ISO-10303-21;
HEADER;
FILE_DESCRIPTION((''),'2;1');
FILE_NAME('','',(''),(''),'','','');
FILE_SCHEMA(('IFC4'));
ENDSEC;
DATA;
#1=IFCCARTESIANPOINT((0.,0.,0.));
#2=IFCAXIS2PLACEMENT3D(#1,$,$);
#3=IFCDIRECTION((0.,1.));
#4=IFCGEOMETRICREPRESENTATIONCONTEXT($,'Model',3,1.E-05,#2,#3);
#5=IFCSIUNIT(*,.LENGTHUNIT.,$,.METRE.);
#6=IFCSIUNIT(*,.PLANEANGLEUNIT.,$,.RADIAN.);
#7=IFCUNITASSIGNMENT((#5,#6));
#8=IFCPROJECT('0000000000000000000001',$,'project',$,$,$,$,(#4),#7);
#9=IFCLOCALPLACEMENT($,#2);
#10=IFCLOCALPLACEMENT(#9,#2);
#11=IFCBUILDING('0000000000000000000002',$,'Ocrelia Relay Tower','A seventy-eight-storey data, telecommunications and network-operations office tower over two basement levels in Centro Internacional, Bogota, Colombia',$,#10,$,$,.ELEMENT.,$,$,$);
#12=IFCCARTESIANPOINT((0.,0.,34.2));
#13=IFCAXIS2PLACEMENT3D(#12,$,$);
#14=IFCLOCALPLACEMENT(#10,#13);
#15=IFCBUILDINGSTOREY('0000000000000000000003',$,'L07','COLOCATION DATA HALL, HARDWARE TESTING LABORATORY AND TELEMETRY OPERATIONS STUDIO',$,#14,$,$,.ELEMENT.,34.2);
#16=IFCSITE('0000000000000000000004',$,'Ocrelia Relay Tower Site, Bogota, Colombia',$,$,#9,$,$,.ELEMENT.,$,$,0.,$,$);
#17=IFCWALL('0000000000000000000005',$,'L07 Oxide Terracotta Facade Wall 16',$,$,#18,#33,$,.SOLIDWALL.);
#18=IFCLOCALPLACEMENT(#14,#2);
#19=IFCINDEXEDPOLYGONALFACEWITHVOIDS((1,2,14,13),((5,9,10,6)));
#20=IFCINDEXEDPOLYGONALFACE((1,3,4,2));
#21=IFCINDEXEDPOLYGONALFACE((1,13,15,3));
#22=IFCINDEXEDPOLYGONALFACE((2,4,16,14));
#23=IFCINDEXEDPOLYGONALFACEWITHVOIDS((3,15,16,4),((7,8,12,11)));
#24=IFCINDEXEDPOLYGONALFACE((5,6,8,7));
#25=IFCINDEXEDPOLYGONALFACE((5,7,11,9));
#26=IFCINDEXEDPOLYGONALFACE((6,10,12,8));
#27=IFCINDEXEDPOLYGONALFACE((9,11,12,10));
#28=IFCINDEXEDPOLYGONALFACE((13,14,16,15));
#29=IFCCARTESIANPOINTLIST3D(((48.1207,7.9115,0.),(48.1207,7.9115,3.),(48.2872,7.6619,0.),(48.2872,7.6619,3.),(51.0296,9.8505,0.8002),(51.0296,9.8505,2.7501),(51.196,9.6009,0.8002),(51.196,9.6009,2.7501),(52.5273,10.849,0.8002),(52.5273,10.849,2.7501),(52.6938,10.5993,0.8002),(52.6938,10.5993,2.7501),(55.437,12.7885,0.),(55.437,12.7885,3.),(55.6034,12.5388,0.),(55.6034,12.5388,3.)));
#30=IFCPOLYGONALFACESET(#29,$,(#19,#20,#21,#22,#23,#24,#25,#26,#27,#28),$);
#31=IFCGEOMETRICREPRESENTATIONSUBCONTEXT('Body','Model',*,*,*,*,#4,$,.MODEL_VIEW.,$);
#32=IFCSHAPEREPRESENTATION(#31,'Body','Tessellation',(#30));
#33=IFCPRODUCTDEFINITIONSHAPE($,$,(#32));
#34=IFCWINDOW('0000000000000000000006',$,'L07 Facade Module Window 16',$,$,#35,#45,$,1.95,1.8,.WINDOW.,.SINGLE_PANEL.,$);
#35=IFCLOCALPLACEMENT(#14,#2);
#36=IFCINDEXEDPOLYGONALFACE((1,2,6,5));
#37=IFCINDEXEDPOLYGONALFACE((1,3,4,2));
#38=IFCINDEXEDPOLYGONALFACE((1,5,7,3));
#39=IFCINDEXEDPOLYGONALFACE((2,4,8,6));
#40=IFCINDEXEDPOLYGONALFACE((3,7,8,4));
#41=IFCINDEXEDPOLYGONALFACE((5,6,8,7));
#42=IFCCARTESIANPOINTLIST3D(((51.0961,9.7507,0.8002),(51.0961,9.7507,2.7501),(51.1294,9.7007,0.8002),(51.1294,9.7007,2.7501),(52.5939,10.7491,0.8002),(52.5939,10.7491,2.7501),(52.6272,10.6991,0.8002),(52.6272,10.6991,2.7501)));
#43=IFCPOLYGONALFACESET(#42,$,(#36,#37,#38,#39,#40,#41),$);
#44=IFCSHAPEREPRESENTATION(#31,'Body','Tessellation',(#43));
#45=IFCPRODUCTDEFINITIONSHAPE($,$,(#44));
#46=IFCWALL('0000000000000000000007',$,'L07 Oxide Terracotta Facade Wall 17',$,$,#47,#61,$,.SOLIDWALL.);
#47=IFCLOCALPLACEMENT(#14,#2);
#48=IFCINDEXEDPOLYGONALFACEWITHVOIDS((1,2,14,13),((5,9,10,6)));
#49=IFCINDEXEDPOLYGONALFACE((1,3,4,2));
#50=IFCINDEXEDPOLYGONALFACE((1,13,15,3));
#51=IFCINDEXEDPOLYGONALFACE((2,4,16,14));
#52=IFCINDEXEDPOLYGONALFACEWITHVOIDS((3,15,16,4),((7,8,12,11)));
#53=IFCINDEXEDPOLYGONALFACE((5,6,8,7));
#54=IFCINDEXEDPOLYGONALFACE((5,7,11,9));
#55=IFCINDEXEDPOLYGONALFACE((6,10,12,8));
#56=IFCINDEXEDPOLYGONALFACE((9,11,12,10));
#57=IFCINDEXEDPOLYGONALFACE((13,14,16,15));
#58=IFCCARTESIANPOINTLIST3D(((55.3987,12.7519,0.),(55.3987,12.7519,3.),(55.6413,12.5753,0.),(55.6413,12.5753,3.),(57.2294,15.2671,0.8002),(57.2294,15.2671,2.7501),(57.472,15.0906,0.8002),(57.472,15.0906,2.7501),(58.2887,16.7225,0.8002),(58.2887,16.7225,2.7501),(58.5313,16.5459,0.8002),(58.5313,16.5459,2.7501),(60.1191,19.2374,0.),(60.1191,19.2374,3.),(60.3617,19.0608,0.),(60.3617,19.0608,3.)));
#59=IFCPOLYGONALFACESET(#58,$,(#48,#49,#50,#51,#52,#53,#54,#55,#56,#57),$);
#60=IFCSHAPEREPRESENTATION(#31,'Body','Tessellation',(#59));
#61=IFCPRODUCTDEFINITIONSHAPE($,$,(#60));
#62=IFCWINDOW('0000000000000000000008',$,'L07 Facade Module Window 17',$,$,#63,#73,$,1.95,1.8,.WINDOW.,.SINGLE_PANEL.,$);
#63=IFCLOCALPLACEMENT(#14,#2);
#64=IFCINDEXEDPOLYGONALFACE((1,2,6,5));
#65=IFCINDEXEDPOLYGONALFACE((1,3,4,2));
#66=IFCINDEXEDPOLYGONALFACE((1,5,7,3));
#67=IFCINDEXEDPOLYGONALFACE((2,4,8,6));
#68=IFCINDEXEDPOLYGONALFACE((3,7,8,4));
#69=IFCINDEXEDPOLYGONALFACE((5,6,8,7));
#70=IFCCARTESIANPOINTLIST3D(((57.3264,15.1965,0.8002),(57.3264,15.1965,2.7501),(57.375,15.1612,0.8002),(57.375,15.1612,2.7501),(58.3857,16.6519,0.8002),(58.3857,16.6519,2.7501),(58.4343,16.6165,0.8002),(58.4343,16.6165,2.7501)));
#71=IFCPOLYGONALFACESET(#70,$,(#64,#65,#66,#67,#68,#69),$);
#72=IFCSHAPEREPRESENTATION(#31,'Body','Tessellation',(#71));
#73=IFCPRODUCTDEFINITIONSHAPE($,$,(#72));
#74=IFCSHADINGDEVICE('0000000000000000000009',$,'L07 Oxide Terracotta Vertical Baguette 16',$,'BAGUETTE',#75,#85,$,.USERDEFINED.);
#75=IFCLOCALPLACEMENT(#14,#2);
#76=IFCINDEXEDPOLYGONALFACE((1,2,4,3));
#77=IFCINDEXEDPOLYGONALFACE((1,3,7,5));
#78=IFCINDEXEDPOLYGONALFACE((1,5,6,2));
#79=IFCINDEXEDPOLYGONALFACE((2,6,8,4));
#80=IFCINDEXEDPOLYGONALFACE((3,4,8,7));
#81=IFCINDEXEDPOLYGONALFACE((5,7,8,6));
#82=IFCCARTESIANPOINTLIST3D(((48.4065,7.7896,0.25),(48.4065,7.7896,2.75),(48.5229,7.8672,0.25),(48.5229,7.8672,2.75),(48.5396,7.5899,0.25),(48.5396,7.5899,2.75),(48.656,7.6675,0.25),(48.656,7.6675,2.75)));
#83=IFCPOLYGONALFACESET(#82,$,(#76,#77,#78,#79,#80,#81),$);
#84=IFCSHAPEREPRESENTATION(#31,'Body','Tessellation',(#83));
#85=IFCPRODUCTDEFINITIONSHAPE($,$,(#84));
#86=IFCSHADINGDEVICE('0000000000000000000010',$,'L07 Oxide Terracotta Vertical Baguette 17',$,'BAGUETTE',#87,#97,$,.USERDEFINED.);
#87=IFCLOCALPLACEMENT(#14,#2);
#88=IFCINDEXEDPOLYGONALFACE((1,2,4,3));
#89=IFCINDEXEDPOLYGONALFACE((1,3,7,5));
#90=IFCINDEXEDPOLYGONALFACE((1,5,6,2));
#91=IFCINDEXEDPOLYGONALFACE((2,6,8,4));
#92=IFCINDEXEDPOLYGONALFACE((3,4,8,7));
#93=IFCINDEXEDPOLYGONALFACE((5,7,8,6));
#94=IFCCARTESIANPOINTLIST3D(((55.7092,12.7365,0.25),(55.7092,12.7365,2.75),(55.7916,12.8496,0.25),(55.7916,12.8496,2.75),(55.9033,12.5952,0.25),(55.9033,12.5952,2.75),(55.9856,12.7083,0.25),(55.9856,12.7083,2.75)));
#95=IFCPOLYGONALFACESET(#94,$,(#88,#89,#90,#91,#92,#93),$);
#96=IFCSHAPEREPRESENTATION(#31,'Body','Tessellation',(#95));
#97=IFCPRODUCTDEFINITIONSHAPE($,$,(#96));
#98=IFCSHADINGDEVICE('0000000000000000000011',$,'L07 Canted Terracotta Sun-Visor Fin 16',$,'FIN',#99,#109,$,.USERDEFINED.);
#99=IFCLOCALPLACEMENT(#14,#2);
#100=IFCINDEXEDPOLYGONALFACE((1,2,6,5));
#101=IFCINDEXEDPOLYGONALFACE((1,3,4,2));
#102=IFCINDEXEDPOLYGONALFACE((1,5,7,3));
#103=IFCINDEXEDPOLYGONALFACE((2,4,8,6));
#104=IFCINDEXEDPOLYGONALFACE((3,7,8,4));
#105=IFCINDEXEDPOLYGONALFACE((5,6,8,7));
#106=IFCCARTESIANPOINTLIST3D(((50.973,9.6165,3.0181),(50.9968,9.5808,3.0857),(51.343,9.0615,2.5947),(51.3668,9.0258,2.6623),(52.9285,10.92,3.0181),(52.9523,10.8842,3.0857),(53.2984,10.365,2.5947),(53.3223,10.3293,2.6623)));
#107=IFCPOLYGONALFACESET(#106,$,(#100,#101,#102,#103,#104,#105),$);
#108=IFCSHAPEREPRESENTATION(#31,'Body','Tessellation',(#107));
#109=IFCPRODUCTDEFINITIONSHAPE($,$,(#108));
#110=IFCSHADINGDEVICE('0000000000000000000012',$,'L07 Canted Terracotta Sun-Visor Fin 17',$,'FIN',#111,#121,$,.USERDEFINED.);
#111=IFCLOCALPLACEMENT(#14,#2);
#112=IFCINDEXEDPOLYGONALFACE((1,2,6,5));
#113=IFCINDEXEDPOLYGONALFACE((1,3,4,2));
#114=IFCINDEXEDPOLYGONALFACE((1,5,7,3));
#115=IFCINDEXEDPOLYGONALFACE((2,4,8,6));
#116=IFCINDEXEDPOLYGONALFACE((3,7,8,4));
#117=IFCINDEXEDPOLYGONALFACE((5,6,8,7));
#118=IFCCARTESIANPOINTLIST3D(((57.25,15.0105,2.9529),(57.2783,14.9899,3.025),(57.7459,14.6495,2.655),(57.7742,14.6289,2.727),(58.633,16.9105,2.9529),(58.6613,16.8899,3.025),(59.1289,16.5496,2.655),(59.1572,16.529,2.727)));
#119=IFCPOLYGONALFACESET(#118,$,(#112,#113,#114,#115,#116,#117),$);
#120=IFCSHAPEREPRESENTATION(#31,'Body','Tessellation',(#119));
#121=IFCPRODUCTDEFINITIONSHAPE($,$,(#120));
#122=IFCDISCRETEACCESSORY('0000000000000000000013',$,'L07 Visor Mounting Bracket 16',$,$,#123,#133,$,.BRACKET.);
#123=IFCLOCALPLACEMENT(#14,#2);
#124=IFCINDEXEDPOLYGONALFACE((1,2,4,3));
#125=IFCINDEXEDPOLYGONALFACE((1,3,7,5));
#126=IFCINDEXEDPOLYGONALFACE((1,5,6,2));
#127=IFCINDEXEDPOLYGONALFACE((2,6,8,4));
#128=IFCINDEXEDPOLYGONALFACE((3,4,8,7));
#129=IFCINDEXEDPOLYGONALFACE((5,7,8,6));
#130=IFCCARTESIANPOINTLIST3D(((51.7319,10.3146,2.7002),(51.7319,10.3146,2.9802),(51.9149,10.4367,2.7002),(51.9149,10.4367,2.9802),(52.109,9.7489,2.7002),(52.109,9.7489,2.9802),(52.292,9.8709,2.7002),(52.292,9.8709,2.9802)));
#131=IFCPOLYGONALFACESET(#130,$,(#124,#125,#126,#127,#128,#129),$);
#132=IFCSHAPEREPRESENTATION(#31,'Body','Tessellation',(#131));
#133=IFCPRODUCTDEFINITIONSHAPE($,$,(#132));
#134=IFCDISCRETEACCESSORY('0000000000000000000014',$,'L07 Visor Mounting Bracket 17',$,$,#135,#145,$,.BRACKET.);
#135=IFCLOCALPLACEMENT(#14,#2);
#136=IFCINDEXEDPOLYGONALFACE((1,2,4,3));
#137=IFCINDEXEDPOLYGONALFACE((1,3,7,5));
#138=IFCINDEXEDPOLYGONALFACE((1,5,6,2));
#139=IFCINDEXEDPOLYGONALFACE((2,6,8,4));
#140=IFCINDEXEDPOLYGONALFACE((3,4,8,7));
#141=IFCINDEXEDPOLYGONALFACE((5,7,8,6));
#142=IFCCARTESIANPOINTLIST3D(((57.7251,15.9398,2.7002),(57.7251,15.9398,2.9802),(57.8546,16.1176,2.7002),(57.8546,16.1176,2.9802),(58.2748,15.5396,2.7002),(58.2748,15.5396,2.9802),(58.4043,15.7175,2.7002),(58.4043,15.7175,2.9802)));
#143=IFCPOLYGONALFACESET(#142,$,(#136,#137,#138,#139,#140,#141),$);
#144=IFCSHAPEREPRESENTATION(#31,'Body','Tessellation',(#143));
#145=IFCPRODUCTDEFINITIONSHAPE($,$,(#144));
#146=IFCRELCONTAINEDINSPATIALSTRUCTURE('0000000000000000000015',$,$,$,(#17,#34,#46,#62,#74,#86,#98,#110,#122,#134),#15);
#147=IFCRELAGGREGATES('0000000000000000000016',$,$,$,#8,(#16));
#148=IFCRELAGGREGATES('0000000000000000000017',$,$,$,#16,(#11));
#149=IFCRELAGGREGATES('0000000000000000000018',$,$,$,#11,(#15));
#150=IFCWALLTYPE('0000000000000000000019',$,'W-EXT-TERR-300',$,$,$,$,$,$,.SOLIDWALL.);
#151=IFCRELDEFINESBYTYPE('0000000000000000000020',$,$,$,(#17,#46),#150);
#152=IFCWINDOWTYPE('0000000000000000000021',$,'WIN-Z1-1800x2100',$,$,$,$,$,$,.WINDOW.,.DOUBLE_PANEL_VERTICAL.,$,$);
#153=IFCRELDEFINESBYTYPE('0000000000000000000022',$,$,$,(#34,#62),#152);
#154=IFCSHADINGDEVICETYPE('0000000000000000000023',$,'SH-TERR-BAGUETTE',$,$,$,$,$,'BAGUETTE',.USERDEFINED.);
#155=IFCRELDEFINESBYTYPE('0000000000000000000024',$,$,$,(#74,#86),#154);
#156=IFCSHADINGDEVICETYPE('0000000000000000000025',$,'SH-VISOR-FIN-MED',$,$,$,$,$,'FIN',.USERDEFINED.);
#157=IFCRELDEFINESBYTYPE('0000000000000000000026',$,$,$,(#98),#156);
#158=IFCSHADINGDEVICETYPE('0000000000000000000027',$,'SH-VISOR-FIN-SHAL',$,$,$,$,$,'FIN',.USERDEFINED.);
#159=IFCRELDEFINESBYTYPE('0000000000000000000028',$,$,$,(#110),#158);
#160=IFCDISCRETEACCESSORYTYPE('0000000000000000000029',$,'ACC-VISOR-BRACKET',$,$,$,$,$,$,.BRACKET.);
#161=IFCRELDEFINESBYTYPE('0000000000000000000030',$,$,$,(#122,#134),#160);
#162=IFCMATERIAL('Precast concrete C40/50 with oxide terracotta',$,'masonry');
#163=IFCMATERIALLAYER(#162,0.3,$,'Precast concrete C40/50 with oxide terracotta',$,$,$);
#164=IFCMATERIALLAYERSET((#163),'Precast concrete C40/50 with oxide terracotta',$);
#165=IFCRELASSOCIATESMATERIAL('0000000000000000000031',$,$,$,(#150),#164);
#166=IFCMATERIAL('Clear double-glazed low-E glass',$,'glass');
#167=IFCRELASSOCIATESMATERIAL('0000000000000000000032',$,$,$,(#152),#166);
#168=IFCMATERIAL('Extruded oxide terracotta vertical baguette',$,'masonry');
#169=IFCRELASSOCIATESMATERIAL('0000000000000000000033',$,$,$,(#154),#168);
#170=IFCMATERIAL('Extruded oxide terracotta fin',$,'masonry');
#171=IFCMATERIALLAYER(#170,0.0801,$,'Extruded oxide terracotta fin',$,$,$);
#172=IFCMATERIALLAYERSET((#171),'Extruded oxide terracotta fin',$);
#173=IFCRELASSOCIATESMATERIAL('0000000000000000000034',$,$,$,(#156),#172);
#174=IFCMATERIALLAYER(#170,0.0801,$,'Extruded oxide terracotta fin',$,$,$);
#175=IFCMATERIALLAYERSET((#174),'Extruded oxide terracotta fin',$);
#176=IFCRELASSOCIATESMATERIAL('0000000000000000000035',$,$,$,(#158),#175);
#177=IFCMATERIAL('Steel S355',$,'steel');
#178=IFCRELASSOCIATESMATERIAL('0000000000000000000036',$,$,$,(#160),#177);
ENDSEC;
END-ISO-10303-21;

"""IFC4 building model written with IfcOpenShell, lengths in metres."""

from ifc_helpers import new_model, si_unit, direction, frame, frame_2d, origin, origin_2d, place, context, subcontext, project, spatial, rectangle, extrude, material, layer, layer_set, type_object, element, fill, save


model = new_model("IFC4")

# Units and contexts
model_context = context("Model", 3, precision=1e-05, world=origin(), true_north=direction((0.0, 1.0)))
body_context = subcontext(model_context, "Body", "Model", "MODEL_VIEW")
ifc_project = project(units=[si_unit("LENGTHUNIT", "METRE"), si_unit("PLANEANGLEUNIT", "RADIAN")], contexts=[model_context])

# Site, building, storey
site_placement = place(None, origin())
site = spatial("IfcSite", under=ifc_project, at=site_placement, Name="Ocrelia Relay Tower Site, Bogota, Colombia", CompositionType="ELEMENT", RefElevation=0.0)
building_placement = place(site_placement, origin())
building = spatial("IfcBuilding", under=site, at=building_placement, Name="Ocrelia Relay Tower", Description="A seventy-eight-storey data, telecommunications and network-operations office tower over two basement levels in Centro Internacional, Bogota, Colombia", CompositionType="ELEMENT")
storey_placement = place(building_placement, frame((0.0, 0.0, 34.2)))
storey = spatial("IfcBuildingStorey", under=building, at=storey_placement, Name="L07", Description="COLOCATION DATA HALL, HARDWARE TESTING LABORATORY AND TELEMETRY OPERATIONS STUDIO", CompositionType="ELEMENT", Elevation=34.2)

# Shared definitions
ifc_material_1 = material(Name="Steel S355", Category="steel")

# Shared definitions
ifc_material_2 = material(Name="Clear double-glazed low-E glass", Category="glass")

# Walls, openings, windows
ifc_material_3 = material(Name="Precast concrete C40/50 with oxide terracotta", Category="masonry")
ifc_layer_1 = layer(ifc_material_3, 0.3, Name="Precast concrete C40/50 with oxide terracotta")
ifc_layer_set_1 = layer_set([ifc_layer_1], Name="Precast concrete C40/50 with oxide terracotta")
wall_type_1 = type_object("IfcWallType", Name="W-EXT-TERR-300", PredefinedType="SOLIDWALL", material=ifc_layer_set_1)
wall_1_placement = place(storey_placement, frame((48.2039, 7.7866, 0.0), z_axis=(0.0, 0.0, 1.0), x_axis=(0.832076, 0.554662, 0.0)))
wall_1 = element("IfcWall", 1, at=wall_1_placement, inside=storey, type_object=wall_type_1, Name="L07 Oxide Terracotta Facade Wall 16", PredefinedType="SOLIDWALL", context=body_context, shape_type="SweptSolid", body=[
    extrude(rectangle(XDim=8.7927, YDim=0.3, at=frame_2d((4.3965, 0.0))), origin(), (0.0, 0.0, 1.0), 3.0),
])
opening_1_placement = place(wall_1_placement, frame((3.4961, 0.0, 0.8)))
opening_1 = element("IfcOpeningElement", 2, at=opening_1_placement, cuts=wall_1, PredefinedType="OPENING", context=body_context, shape_type="SweptSolid", body=[
    extrude(rectangle(XDim=1.8, YDim=1.95, at=frame_2d((0.8999, 0.9751))), frame((0.0, 0.1602, 0.0), z_axis=(0.0, -1.0, 0.0), x_axis=(1.0, 0.0, 0.0)), (0.0, 0.0, 1.0), 0.3201),
])
window_type = type_object("IfcWindowType", Name="WIN-Z1-1800x2100", PartitioningType="DOUBLE_PANEL_VERTICAL", PredefinedType="WINDOW", material=ifc_material_2)
window_1_placement = place(opening_1_placement, origin())
window_1 = element("IfcWindow", 3, at=window_1_placement, inside=storey, type_object=window_type, Name="L07 Facade Module Window 16", OverallHeight=1.95, OverallWidth=1.8, PartitioningType="SINGLE_PANEL", PredefinedType="WINDOW", context=body_context, shape_type="SweptSolid", body=[
    extrude(rectangle(XDim=1.8, YDim=1.95, at=frame_2d((0.8999, 0.9751))), frame((0.0, 0.03, 0.0), z_axis=(0.0, -1.0, 0.0), x_axis=(1.0, 0.0, 0.0)), (0.0, 0.0, 1.0), 0.0601),
])
fill(opening_1, window_1)
wall_2_placement = place(storey_placement, frame((55.52, 12.6636, 0.0), z_axis=(0.0, 0.0, 1.0), x_axis=(0.58847, 0.808519, 0.0)))
wall_2 = element("IfcWall", 4, at=wall_2_placement, inside=storey, type_object=wall_type_1, Name="L07 Oxide Terracotta Facade Wall 17", PredefinedType="SOLIDWALL", context=body_context, shape_type="SweptSolid", body=[
    extrude(rectangle(XDim=8.0215, YDim=0.3, at=frame_2d((4.0107, 0.0))), origin(), (0.0, 0.0, 1.0), 3.0),
])
opening_2_placement = place(wall_2_placement, frame((3.1111, 0.0, 0.8)))
opening_2 = element("IfcOpeningElement", 5, at=opening_2_placement, cuts=wall_2, PredefinedType="OPENING", context=body_context, shape_type="SweptSolid", body=[
    extrude(rectangle(XDim=1.8, YDim=1.95, at=frame_2d((0.8999, 0.9751))), frame((0.0, 0.1602, 0.0), z_axis=(0.0, -1.0, 0.0), x_axis=(1.0, 0.0, 0.0)), (0.0, 0.0, 1.0), 0.3201),
])
window_2_placement = place(opening_2_placement, origin())
window_2 = element("IfcWindow", 6, at=window_2_placement, inside=storey, type_object=window_type, Name="L07 Facade Module Window 17", OverallHeight=1.95, OverallWidth=1.8, PartitioningType="SINGLE_PANEL", PredefinedType="WINDOW", context=body_context, shape_type="SweptSolid", body=[
    extrude(rectangle(XDim=1.8, YDim=1.95, at=frame_2d((0.8999, 0.9751))), frame((0.0, 0.03, 0.0), z_axis=(0.0, -1.0, 0.0), x_axis=(1.0, 0.0, 0.0)), (0.0, 0.0, 1.0), 0.0601),
])
fill(opening_2, window_2)

# Shading devices
ifc_material_4 = material(Name="Extruded oxide terracotta vertical baguette", Category="masonry")
shading_device_type_1 = type_object("IfcShadingDeviceType", Name="SH-TERR-BAGUETTE", ElementType="BAGUETTE", PredefinedType="USERDEFINED", material=ifc_material_4)
for number, where, z_axis, x_axis, name in (
    (7, (48.5312, 7.7285, 0.25), (0.0, 0.0, 1.0), (0.83208, 0.554656, 0.0), "L07 Oxide Terracotta Vertical Baguette 16"),
    (8, (55.8474, 12.7224, 0.25), (0.0, 0.0, 1.0), (0.588479, 0.808512, 0.0), "L07 Oxide Terracotta Vertical Baguette 17"),
):
    element("IfcShadingDevice", number, at=place(storey_placement, frame(where, z_axis=z_axis, x_axis=x_axis)), inside=storey, type_object=shading_device_type_1, Name=name, ObjectType="BAGUETTE", PredefinedType="USERDEFINED", context=body_context, shape_type="SweptSolid", body=[
        extrude(rectangle(XDim=0.1399, YDim=0.24, at=origin_2d()), origin(), (0.0, 0.0, 1.0), 2.5),
    ])
ifc_material_5 = material(Name="Extruded oxide terracotta fin", Category="masonry")
ifc_layer_2 = layer(ifc_material_5, 0.0801, Name="Extruded oxide terracotta fin")
ifc_layer_set_2 = layer_set([ifc_layer_2], Name="Extruded oxide terracotta fin")
shading_device_type_2 = type_object("IfcShadingDeviceType", Name="SH-VISOR-FIN-MED", ElementType="FIN", PredefinedType="USERDEFINED", material=ifc_layer_set_2)
shading_device_1_placement = place(storey_placement, frame((52.1357, 9.9907, 2.8064), z_axis=(0.297281, -0.445973, 0.844234), x_axis=(0.83208, 0.554656, 0.0)))
element("IfcShadingDevice", 9, at=shading_device_1_placement, inside=storey, type_object=shading_device_type_2, Name="L07 Canted Terracotta Sun-Visor Fin 16", ObjectType="FIN", PredefinedType="USERDEFINED", context=body_context, shape_type="SweptSolid", body=[
    extrude(rectangle(XDim=2.3501, YDim=0.79, at=origin_2d()), origin(), (0.0, 0.0, 1.0), 0.0801),
])
ifc_layer_3 = layer(ifc_material_5, 0.0801, Name="Extruded oxide terracotta fin")
ifc_layer_set_3 = layer_set([ifc_layer_3], Name="Extruded oxide terracotta fin")
shading_device_type_3 = type_object("IfcShadingDeviceType", Name="SH-VISOR-FIN-SHAL", ElementType="FIN", PredefinedType="USERDEFINED", material=ifc_layer_set_3)
shading_device_2_placement = place(storey_placement, frame((58.1895, 15.78, 2.804), z_axis=(0.353287, -0.257141, 0.899482), x_axis=(0.588479, 0.808512, 0.0)))
element("IfcShadingDevice", 10, at=shading_device_2_placement, inside=storey, type_object=shading_device_type_3, Name="L07 Canted Terracotta Sun-Visor Fin 17", ObjectType="FIN", PredefinedType="USERDEFINED", context=body_context, shape_type="SweptSolid", body=[
    extrude(rectangle(XDim=2.3501, YDim=0.6819, at=origin_2d()), origin(), (0.0, 0.0, 1.0), 0.0801),
])

# Discrete accessories
discrete_accessory_type = type_object("IfcDiscreteAccessoryType", Name="ACC-VISOR-BRACKET", PredefinedType="BRACKET", material=ifc_material_1)
for number, where, z_axis, x_axis, name in (
    (11, (52.012, 10.0928, 2.7002), (0.0, 0.0, 1.0), (0.83208, 0.554656, 0.0), "L07 Visor Mounting Bracket 16"),
    (12, (58.0647, 15.8286, 2.7002), (0.0, 0.0, 1.0), (0.588479, 0.808512, 0.0), "L07 Visor Mounting Bracket 17"),
):
    element("IfcDiscreteAccessory", number, at=place(storey_placement, frame(where, z_axis=z_axis, x_axis=x_axis)), inside=storey, type_object=discrete_accessory_type, Name=name, PredefinedType="BRACKET", context=body_context, shape_type="SweptSolid", body=[
        extrude(rectangle(XDim=0.22, YDim=0.6799, at=origin_2d()), origin(), (0.0, 0.0, 1.0), 0.28),
    ])

save(model, "model.ifc")
